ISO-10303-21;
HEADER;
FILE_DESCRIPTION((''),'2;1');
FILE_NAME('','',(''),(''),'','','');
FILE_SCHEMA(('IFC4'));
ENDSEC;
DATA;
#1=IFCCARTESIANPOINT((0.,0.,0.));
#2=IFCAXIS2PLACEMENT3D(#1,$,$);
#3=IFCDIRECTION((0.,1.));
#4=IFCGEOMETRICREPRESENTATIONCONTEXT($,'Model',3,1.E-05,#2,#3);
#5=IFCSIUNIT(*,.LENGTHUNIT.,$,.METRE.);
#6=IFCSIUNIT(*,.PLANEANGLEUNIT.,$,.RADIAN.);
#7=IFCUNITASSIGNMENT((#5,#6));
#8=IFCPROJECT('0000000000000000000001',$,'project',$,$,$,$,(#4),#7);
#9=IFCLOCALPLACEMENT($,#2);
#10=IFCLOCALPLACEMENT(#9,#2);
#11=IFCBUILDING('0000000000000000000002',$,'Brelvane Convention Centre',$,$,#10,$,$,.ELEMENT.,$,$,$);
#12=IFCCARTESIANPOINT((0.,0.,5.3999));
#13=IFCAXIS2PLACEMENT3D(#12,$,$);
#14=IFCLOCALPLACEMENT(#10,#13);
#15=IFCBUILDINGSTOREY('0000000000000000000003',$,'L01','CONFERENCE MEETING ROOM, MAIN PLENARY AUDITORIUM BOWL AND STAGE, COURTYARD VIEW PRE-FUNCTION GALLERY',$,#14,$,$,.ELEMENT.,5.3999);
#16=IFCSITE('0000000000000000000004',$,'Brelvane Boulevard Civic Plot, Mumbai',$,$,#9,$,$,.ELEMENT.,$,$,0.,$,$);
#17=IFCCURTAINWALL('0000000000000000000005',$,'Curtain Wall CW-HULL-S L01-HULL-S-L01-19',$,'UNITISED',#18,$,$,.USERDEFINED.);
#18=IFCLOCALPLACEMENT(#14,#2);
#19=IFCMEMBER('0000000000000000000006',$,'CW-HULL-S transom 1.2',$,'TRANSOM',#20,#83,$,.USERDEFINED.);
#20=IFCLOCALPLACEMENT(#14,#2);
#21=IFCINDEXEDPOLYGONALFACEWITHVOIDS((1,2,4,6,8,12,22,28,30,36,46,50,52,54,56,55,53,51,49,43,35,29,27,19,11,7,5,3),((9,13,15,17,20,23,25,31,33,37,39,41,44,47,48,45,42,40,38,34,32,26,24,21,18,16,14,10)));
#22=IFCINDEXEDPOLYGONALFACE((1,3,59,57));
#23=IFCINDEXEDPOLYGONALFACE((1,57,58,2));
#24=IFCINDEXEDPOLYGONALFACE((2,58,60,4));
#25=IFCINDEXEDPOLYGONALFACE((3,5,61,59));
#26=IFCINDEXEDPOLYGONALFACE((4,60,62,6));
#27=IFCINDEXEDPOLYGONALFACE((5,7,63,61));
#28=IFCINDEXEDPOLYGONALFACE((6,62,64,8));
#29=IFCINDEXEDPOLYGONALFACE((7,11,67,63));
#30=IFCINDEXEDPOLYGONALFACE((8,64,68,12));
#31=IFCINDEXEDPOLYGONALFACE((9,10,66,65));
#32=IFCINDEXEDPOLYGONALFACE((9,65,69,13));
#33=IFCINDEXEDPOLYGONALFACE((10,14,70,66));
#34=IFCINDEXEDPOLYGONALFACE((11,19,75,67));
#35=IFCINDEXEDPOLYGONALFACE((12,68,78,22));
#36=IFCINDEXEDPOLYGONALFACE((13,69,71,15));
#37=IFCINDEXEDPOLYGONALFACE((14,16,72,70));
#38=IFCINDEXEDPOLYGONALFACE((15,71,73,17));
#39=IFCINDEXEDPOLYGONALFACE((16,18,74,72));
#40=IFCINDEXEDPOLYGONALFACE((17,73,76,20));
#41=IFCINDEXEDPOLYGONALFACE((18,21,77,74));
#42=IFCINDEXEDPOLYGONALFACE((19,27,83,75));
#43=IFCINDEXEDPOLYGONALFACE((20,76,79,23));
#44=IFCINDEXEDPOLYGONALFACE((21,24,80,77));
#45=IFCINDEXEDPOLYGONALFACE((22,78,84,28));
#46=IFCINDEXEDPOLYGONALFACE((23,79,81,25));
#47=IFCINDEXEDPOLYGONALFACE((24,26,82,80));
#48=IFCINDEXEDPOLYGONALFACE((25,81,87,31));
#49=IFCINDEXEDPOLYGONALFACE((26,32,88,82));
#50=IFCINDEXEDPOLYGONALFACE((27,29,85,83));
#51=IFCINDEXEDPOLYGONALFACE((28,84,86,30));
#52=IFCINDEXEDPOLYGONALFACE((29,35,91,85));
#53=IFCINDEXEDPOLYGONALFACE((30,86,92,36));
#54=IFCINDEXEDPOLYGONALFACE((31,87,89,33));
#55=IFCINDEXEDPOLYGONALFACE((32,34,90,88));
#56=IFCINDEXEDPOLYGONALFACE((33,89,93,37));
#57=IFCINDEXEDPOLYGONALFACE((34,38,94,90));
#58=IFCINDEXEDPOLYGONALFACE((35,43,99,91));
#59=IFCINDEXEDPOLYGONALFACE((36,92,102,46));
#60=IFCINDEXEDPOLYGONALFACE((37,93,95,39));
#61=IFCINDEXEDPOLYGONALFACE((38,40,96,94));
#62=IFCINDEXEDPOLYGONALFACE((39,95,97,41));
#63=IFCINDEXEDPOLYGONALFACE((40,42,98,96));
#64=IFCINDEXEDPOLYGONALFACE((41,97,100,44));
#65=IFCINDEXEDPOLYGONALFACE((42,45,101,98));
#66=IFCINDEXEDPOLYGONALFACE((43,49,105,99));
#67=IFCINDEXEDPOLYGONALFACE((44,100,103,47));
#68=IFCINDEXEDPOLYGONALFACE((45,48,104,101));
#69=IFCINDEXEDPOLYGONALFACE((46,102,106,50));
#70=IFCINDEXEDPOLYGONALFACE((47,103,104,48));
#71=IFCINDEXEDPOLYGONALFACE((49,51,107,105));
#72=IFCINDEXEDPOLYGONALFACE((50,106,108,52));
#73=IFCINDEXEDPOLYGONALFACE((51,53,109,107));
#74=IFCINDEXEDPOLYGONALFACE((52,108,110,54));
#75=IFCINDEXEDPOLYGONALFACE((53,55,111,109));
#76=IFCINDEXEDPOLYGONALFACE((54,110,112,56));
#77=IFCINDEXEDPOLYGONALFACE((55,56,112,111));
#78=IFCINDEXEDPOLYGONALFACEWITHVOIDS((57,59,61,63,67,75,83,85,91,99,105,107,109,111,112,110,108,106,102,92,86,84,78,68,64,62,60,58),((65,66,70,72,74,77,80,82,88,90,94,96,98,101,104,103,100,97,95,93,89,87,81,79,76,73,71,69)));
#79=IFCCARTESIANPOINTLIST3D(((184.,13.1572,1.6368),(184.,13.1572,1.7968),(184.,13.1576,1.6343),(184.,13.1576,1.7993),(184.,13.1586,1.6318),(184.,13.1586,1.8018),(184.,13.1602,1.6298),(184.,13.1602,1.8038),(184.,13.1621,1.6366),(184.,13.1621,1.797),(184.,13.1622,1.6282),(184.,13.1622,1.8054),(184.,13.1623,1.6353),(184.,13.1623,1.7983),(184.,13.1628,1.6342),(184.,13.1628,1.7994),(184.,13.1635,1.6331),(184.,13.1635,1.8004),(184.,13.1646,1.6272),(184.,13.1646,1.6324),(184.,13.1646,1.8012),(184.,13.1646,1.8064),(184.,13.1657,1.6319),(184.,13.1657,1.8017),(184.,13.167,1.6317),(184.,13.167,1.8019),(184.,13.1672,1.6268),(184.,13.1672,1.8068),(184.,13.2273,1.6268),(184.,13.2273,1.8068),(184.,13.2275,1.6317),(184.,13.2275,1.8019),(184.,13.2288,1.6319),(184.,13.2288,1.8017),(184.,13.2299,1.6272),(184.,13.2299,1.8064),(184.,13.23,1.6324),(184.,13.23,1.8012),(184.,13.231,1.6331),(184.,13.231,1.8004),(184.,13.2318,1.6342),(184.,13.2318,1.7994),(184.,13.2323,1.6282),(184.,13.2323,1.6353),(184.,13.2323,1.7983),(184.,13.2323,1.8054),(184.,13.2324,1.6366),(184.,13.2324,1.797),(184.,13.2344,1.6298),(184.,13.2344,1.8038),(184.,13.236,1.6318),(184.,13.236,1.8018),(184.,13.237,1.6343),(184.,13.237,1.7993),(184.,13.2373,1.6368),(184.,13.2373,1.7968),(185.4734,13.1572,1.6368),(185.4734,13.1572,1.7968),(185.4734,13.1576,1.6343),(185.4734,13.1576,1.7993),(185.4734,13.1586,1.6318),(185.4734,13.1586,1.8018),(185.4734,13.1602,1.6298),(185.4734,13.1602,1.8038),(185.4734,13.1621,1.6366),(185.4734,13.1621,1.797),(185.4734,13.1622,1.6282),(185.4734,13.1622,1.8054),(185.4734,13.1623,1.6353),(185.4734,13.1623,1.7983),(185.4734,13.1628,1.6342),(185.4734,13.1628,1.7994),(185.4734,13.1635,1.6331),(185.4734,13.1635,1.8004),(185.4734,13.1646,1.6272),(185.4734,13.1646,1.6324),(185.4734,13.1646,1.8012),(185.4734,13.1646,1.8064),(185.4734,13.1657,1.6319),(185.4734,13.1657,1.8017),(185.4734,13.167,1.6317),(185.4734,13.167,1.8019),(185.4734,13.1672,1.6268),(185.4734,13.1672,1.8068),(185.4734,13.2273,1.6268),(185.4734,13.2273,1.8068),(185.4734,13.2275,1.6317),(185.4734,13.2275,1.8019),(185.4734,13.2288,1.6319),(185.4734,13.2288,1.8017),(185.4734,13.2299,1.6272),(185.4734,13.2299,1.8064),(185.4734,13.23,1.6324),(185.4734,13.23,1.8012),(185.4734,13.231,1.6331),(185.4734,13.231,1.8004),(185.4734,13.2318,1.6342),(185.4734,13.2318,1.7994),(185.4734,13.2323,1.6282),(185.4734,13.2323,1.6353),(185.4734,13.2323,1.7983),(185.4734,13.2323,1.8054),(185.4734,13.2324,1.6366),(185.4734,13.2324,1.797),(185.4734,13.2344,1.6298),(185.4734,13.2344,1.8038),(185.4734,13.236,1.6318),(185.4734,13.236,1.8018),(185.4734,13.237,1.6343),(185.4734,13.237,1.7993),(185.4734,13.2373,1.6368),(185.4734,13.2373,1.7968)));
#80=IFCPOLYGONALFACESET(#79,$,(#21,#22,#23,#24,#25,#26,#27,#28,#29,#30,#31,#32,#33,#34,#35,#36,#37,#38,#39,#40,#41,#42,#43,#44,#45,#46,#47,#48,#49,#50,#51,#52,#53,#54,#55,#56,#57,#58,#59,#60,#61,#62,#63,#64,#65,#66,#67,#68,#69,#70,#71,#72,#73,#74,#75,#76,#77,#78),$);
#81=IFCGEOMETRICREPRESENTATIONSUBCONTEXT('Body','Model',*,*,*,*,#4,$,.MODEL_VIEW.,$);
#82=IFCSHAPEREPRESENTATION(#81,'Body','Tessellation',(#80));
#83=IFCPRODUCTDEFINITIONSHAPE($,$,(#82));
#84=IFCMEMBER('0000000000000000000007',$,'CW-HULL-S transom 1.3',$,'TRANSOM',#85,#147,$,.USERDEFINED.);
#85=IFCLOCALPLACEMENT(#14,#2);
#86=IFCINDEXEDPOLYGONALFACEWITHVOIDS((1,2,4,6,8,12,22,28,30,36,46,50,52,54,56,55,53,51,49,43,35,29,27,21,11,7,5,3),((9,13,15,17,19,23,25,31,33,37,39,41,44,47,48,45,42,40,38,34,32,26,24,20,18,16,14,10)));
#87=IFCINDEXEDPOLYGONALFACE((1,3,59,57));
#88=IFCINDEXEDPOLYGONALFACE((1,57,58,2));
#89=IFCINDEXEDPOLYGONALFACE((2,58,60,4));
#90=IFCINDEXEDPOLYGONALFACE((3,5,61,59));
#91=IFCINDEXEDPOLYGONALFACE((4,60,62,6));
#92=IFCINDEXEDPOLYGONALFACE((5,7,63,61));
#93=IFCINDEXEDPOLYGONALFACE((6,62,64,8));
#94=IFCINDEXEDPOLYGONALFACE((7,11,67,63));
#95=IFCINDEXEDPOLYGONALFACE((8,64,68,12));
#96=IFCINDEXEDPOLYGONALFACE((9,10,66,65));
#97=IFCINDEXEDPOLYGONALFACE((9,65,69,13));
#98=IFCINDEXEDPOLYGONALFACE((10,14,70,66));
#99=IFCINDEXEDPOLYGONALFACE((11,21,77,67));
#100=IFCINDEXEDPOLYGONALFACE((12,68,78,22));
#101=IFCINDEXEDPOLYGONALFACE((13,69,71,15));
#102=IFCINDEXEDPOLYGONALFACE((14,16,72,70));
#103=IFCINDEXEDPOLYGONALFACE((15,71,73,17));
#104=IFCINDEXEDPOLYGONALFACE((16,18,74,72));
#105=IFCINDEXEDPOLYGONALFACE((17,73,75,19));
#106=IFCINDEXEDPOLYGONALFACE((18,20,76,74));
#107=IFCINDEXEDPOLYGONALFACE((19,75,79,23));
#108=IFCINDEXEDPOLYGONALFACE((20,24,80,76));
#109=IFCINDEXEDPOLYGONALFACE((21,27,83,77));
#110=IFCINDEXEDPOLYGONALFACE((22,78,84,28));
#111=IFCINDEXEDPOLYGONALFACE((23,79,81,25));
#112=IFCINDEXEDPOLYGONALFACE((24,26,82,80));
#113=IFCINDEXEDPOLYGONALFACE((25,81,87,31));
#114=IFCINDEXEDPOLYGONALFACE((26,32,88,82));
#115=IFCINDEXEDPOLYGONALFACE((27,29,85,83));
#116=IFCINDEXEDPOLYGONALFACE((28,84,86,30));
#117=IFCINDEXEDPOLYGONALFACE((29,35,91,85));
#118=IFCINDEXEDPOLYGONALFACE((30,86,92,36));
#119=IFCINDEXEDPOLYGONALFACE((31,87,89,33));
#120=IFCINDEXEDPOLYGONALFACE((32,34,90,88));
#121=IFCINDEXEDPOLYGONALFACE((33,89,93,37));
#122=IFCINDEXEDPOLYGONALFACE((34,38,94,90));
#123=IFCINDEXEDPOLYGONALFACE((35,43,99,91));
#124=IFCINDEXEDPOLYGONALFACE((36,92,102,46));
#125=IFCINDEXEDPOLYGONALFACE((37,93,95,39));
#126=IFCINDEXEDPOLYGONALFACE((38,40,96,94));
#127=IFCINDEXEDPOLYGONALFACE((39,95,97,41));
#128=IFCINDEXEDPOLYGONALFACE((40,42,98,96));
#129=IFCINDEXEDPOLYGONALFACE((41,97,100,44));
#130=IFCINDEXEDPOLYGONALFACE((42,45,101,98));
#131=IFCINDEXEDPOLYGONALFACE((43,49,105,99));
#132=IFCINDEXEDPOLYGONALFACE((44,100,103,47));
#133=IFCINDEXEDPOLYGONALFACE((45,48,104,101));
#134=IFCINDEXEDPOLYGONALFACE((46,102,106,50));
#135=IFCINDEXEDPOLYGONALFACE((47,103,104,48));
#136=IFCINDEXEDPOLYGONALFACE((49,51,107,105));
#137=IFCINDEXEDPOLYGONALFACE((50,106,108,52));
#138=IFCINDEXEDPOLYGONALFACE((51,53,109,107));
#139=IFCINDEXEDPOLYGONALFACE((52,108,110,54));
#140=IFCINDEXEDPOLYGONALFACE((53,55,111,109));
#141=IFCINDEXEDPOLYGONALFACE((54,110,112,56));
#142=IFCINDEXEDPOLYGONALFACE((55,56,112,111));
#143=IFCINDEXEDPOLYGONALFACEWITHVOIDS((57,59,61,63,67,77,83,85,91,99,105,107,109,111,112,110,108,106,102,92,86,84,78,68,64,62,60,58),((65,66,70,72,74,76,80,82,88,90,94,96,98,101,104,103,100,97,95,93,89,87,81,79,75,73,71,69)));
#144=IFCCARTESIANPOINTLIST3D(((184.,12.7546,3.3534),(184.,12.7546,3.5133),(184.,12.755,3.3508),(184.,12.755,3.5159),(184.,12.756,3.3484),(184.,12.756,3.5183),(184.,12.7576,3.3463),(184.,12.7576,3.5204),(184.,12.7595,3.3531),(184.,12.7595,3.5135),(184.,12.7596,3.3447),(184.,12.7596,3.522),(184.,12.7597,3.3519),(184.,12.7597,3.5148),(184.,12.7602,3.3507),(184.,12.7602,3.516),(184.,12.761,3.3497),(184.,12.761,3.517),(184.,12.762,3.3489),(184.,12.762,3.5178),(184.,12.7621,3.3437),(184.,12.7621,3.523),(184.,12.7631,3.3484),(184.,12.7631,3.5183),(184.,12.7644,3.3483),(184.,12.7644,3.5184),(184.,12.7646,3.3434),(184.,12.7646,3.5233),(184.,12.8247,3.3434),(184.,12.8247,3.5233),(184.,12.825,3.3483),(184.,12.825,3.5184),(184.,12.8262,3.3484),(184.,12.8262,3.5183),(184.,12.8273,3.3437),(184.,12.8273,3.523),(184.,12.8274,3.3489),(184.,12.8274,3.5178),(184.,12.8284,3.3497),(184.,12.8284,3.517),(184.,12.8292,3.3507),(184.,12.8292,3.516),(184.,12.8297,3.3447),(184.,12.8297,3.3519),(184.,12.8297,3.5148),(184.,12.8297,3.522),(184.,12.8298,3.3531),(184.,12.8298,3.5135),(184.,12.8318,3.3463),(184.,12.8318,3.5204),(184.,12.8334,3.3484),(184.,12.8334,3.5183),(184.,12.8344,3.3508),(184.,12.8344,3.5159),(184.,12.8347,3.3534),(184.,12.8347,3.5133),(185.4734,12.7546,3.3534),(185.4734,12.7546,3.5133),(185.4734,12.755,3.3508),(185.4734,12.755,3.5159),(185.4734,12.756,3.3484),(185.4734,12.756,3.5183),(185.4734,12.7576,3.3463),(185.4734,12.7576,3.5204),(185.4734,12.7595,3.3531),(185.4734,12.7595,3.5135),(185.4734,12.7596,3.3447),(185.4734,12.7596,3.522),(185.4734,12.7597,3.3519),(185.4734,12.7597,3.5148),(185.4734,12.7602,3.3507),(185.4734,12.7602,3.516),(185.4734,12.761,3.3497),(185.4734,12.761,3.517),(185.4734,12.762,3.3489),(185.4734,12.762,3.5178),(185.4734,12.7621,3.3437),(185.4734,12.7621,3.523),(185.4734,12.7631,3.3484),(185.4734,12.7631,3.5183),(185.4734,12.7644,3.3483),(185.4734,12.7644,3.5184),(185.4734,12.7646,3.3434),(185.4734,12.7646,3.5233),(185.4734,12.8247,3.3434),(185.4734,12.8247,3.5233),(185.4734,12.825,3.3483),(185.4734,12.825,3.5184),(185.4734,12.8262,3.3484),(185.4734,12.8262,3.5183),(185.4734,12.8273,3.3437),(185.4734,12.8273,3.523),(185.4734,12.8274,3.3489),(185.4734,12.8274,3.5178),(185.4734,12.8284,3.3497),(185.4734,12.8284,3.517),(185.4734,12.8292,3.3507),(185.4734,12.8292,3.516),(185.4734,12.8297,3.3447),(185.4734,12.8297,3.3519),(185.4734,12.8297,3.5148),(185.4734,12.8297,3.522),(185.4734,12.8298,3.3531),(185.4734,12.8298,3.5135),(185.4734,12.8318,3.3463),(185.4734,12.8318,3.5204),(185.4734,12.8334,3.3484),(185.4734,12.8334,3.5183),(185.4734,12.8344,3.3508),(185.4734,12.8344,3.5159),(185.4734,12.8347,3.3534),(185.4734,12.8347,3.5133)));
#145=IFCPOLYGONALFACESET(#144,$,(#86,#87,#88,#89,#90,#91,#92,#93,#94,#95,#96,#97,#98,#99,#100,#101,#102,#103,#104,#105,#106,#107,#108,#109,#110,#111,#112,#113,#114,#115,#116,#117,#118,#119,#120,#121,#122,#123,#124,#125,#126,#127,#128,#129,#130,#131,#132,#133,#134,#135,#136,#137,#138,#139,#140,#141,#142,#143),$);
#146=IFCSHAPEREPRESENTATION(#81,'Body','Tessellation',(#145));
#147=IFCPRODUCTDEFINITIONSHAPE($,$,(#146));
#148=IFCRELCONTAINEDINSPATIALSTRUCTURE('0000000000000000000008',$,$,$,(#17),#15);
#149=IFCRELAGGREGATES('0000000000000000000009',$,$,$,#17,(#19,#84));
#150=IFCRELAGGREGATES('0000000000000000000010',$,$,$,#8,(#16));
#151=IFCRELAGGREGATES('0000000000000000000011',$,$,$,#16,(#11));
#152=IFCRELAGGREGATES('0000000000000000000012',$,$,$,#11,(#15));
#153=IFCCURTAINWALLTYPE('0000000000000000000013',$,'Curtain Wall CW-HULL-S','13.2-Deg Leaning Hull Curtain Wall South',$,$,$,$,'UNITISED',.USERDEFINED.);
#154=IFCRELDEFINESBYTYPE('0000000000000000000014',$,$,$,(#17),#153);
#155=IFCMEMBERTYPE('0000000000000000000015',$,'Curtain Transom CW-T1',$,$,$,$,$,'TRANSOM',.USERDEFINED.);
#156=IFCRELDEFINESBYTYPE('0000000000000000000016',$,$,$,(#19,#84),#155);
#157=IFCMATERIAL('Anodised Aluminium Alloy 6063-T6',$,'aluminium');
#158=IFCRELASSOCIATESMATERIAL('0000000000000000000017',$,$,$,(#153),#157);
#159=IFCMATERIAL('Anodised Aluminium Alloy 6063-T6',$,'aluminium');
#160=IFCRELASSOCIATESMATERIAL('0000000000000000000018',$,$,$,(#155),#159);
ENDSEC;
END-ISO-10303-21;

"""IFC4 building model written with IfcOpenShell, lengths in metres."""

from ifc_helpers import new_model, si_unit, direction, frame, origin, origin_2d, place, context, subcontext, project, spatial, hollow_rectangle, extrude, material, material_profile, profile_set, type_object, element, aggregate, save


model = new_model("IFC4")

# Units and contexts
model_context = context("Model", 3, precision=1e-05, world=origin(), true_north=direction((0.0, 1.0)))
body_context = subcontext(model_context, "Body", "Model", "MODEL_VIEW")
ifc_project = project(units=[si_unit("LENGTHUNIT", "METRE"), si_unit("PLANEANGLEUNIT", "RADIAN")], contexts=[model_context])

# Site, building, storey
site_placement = place(None, origin())
site = spatial("IfcSite", under=ifc_project, at=site_placement, Name="Brelvane Boulevard Civic Plot, Mumbai", CompositionType="ELEMENT", RefElevation=0.0)
building_placement = place(site_placement, origin())
building = spatial("IfcBuilding", under=site, at=building_placement, Name="Brelvane Convention Centre", CompositionType="ELEMENT")
storey_placement = place(building_placement, frame((0.0, 0.0, 5.3999)))
storey = spatial("IfcBuildingStorey", under=building, at=storey_placement, Name="L01", Description="CONFERENCE MEETING ROOM, MAIN PLENARY AUDITORIUM BOWL AND STAGE, COURTYARD VIEW PRE-FUNCTION GALLERY", CompositionType="ELEMENT", Elevation=5.3999)

# Curtain wall, members
ifc_material_1 = material(Name="Anodised Aluminium Alloy 6063-T6", Category="aluminium")
curtain_wall_type = type_object("IfcCurtainWallType", Name="Curtain Wall CW-HULL-S", Description="13.2-Deg Leaning Hull Curtain Wall South", ElementType="UNITISED", PredefinedType="USERDEFINED", material=ifc_material_1)
ifc_material_2 = material(Name="Anodised Aluminium Alloy 6063-T6", Category="aluminium")
ifc_material_profile = material_profile(ifc_material_2, hollow_rectangle(XDim=0.0801, YDim=0.1799, WallThickness=0.0049, InnerFilletRadius=0.0049, OuterFilletRadius=0.01, at=origin_2d()), Name="ALU-T 180x80x5.0")
ifc_profile_set = profile_set([ifc_material_profile], Name="Anodised Aluminium Alloy 6063-T6")
member_type = type_object("IfcMemberType", Name="Curtain Transom CW-T1", ElementType="TRANSOM", PredefinedType="USERDEFINED", material=ifc_profile_set)
curtain_wall_1_placement = place(storey_placement, origin())
curtain_wall_1 = element("IfcCurtainWall", 1, at=curtain_wall_1_placement, inside=storey, type_object=curtain_wall_type, Name="Curtain Wall CW-HULL-S L01-HULL-S-L01-19", ObjectType="UNITISED", PredefinedType="USERDEFINED")
member_1_placement = place(storey_placement, frame((184.0, 13.1973, 1.7168), z_axis=(1.0, 0.0, 0.0), x_axis=(0.0, 1.0, 0.0)))
member_1 = element("IfcMember", 2, at=member_1_placement, type_object=member_type, Name="CW-HULL-S transom 1.2", ObjectType="TRANSOM", PredefinedType="USERDEFINED", context=body_context, shape_type="SweptSolid", body=[
    extrude(hollow_rectangle(XDim=0.0801, YDim=0.1799, WallThickness=0.0049, InnerFilletRadius=0.0049, OuterFilletRadius=0.01, at=origin_2d()), origin(), (0.0, 0.0, 1.0), 1.4734),
])
member_2_placement = place(storey_placement, frame((184.0, 12.7947, 3.4333), z_axis=(1.0, 0.0, 0.0), x_axis=(0.0, 1.0, 0.0)))
member_2 = element("IfcMember", 3, at=member_2_placement, type_object=member_type, Name="CW-HULL-S transom 1.3", ObjectType="TRANSOM", PredefinedType="USERDEFINED", context=body_context, shape_type="SweptSolid", body=[
    extrude(hollow_rectangle(XDim=0.0801, YDim=0.1799, WallThickness=0.0049, InnerFilletRadius=0.0049, OuterFilletRadius=0.01, at=origin_2d()), origin(), (0.0, 0.0, 1.0), 1.4734),
])

aggregate(curtain_wall_1, [member_1, member_2])

save(model, "model.ifc")
